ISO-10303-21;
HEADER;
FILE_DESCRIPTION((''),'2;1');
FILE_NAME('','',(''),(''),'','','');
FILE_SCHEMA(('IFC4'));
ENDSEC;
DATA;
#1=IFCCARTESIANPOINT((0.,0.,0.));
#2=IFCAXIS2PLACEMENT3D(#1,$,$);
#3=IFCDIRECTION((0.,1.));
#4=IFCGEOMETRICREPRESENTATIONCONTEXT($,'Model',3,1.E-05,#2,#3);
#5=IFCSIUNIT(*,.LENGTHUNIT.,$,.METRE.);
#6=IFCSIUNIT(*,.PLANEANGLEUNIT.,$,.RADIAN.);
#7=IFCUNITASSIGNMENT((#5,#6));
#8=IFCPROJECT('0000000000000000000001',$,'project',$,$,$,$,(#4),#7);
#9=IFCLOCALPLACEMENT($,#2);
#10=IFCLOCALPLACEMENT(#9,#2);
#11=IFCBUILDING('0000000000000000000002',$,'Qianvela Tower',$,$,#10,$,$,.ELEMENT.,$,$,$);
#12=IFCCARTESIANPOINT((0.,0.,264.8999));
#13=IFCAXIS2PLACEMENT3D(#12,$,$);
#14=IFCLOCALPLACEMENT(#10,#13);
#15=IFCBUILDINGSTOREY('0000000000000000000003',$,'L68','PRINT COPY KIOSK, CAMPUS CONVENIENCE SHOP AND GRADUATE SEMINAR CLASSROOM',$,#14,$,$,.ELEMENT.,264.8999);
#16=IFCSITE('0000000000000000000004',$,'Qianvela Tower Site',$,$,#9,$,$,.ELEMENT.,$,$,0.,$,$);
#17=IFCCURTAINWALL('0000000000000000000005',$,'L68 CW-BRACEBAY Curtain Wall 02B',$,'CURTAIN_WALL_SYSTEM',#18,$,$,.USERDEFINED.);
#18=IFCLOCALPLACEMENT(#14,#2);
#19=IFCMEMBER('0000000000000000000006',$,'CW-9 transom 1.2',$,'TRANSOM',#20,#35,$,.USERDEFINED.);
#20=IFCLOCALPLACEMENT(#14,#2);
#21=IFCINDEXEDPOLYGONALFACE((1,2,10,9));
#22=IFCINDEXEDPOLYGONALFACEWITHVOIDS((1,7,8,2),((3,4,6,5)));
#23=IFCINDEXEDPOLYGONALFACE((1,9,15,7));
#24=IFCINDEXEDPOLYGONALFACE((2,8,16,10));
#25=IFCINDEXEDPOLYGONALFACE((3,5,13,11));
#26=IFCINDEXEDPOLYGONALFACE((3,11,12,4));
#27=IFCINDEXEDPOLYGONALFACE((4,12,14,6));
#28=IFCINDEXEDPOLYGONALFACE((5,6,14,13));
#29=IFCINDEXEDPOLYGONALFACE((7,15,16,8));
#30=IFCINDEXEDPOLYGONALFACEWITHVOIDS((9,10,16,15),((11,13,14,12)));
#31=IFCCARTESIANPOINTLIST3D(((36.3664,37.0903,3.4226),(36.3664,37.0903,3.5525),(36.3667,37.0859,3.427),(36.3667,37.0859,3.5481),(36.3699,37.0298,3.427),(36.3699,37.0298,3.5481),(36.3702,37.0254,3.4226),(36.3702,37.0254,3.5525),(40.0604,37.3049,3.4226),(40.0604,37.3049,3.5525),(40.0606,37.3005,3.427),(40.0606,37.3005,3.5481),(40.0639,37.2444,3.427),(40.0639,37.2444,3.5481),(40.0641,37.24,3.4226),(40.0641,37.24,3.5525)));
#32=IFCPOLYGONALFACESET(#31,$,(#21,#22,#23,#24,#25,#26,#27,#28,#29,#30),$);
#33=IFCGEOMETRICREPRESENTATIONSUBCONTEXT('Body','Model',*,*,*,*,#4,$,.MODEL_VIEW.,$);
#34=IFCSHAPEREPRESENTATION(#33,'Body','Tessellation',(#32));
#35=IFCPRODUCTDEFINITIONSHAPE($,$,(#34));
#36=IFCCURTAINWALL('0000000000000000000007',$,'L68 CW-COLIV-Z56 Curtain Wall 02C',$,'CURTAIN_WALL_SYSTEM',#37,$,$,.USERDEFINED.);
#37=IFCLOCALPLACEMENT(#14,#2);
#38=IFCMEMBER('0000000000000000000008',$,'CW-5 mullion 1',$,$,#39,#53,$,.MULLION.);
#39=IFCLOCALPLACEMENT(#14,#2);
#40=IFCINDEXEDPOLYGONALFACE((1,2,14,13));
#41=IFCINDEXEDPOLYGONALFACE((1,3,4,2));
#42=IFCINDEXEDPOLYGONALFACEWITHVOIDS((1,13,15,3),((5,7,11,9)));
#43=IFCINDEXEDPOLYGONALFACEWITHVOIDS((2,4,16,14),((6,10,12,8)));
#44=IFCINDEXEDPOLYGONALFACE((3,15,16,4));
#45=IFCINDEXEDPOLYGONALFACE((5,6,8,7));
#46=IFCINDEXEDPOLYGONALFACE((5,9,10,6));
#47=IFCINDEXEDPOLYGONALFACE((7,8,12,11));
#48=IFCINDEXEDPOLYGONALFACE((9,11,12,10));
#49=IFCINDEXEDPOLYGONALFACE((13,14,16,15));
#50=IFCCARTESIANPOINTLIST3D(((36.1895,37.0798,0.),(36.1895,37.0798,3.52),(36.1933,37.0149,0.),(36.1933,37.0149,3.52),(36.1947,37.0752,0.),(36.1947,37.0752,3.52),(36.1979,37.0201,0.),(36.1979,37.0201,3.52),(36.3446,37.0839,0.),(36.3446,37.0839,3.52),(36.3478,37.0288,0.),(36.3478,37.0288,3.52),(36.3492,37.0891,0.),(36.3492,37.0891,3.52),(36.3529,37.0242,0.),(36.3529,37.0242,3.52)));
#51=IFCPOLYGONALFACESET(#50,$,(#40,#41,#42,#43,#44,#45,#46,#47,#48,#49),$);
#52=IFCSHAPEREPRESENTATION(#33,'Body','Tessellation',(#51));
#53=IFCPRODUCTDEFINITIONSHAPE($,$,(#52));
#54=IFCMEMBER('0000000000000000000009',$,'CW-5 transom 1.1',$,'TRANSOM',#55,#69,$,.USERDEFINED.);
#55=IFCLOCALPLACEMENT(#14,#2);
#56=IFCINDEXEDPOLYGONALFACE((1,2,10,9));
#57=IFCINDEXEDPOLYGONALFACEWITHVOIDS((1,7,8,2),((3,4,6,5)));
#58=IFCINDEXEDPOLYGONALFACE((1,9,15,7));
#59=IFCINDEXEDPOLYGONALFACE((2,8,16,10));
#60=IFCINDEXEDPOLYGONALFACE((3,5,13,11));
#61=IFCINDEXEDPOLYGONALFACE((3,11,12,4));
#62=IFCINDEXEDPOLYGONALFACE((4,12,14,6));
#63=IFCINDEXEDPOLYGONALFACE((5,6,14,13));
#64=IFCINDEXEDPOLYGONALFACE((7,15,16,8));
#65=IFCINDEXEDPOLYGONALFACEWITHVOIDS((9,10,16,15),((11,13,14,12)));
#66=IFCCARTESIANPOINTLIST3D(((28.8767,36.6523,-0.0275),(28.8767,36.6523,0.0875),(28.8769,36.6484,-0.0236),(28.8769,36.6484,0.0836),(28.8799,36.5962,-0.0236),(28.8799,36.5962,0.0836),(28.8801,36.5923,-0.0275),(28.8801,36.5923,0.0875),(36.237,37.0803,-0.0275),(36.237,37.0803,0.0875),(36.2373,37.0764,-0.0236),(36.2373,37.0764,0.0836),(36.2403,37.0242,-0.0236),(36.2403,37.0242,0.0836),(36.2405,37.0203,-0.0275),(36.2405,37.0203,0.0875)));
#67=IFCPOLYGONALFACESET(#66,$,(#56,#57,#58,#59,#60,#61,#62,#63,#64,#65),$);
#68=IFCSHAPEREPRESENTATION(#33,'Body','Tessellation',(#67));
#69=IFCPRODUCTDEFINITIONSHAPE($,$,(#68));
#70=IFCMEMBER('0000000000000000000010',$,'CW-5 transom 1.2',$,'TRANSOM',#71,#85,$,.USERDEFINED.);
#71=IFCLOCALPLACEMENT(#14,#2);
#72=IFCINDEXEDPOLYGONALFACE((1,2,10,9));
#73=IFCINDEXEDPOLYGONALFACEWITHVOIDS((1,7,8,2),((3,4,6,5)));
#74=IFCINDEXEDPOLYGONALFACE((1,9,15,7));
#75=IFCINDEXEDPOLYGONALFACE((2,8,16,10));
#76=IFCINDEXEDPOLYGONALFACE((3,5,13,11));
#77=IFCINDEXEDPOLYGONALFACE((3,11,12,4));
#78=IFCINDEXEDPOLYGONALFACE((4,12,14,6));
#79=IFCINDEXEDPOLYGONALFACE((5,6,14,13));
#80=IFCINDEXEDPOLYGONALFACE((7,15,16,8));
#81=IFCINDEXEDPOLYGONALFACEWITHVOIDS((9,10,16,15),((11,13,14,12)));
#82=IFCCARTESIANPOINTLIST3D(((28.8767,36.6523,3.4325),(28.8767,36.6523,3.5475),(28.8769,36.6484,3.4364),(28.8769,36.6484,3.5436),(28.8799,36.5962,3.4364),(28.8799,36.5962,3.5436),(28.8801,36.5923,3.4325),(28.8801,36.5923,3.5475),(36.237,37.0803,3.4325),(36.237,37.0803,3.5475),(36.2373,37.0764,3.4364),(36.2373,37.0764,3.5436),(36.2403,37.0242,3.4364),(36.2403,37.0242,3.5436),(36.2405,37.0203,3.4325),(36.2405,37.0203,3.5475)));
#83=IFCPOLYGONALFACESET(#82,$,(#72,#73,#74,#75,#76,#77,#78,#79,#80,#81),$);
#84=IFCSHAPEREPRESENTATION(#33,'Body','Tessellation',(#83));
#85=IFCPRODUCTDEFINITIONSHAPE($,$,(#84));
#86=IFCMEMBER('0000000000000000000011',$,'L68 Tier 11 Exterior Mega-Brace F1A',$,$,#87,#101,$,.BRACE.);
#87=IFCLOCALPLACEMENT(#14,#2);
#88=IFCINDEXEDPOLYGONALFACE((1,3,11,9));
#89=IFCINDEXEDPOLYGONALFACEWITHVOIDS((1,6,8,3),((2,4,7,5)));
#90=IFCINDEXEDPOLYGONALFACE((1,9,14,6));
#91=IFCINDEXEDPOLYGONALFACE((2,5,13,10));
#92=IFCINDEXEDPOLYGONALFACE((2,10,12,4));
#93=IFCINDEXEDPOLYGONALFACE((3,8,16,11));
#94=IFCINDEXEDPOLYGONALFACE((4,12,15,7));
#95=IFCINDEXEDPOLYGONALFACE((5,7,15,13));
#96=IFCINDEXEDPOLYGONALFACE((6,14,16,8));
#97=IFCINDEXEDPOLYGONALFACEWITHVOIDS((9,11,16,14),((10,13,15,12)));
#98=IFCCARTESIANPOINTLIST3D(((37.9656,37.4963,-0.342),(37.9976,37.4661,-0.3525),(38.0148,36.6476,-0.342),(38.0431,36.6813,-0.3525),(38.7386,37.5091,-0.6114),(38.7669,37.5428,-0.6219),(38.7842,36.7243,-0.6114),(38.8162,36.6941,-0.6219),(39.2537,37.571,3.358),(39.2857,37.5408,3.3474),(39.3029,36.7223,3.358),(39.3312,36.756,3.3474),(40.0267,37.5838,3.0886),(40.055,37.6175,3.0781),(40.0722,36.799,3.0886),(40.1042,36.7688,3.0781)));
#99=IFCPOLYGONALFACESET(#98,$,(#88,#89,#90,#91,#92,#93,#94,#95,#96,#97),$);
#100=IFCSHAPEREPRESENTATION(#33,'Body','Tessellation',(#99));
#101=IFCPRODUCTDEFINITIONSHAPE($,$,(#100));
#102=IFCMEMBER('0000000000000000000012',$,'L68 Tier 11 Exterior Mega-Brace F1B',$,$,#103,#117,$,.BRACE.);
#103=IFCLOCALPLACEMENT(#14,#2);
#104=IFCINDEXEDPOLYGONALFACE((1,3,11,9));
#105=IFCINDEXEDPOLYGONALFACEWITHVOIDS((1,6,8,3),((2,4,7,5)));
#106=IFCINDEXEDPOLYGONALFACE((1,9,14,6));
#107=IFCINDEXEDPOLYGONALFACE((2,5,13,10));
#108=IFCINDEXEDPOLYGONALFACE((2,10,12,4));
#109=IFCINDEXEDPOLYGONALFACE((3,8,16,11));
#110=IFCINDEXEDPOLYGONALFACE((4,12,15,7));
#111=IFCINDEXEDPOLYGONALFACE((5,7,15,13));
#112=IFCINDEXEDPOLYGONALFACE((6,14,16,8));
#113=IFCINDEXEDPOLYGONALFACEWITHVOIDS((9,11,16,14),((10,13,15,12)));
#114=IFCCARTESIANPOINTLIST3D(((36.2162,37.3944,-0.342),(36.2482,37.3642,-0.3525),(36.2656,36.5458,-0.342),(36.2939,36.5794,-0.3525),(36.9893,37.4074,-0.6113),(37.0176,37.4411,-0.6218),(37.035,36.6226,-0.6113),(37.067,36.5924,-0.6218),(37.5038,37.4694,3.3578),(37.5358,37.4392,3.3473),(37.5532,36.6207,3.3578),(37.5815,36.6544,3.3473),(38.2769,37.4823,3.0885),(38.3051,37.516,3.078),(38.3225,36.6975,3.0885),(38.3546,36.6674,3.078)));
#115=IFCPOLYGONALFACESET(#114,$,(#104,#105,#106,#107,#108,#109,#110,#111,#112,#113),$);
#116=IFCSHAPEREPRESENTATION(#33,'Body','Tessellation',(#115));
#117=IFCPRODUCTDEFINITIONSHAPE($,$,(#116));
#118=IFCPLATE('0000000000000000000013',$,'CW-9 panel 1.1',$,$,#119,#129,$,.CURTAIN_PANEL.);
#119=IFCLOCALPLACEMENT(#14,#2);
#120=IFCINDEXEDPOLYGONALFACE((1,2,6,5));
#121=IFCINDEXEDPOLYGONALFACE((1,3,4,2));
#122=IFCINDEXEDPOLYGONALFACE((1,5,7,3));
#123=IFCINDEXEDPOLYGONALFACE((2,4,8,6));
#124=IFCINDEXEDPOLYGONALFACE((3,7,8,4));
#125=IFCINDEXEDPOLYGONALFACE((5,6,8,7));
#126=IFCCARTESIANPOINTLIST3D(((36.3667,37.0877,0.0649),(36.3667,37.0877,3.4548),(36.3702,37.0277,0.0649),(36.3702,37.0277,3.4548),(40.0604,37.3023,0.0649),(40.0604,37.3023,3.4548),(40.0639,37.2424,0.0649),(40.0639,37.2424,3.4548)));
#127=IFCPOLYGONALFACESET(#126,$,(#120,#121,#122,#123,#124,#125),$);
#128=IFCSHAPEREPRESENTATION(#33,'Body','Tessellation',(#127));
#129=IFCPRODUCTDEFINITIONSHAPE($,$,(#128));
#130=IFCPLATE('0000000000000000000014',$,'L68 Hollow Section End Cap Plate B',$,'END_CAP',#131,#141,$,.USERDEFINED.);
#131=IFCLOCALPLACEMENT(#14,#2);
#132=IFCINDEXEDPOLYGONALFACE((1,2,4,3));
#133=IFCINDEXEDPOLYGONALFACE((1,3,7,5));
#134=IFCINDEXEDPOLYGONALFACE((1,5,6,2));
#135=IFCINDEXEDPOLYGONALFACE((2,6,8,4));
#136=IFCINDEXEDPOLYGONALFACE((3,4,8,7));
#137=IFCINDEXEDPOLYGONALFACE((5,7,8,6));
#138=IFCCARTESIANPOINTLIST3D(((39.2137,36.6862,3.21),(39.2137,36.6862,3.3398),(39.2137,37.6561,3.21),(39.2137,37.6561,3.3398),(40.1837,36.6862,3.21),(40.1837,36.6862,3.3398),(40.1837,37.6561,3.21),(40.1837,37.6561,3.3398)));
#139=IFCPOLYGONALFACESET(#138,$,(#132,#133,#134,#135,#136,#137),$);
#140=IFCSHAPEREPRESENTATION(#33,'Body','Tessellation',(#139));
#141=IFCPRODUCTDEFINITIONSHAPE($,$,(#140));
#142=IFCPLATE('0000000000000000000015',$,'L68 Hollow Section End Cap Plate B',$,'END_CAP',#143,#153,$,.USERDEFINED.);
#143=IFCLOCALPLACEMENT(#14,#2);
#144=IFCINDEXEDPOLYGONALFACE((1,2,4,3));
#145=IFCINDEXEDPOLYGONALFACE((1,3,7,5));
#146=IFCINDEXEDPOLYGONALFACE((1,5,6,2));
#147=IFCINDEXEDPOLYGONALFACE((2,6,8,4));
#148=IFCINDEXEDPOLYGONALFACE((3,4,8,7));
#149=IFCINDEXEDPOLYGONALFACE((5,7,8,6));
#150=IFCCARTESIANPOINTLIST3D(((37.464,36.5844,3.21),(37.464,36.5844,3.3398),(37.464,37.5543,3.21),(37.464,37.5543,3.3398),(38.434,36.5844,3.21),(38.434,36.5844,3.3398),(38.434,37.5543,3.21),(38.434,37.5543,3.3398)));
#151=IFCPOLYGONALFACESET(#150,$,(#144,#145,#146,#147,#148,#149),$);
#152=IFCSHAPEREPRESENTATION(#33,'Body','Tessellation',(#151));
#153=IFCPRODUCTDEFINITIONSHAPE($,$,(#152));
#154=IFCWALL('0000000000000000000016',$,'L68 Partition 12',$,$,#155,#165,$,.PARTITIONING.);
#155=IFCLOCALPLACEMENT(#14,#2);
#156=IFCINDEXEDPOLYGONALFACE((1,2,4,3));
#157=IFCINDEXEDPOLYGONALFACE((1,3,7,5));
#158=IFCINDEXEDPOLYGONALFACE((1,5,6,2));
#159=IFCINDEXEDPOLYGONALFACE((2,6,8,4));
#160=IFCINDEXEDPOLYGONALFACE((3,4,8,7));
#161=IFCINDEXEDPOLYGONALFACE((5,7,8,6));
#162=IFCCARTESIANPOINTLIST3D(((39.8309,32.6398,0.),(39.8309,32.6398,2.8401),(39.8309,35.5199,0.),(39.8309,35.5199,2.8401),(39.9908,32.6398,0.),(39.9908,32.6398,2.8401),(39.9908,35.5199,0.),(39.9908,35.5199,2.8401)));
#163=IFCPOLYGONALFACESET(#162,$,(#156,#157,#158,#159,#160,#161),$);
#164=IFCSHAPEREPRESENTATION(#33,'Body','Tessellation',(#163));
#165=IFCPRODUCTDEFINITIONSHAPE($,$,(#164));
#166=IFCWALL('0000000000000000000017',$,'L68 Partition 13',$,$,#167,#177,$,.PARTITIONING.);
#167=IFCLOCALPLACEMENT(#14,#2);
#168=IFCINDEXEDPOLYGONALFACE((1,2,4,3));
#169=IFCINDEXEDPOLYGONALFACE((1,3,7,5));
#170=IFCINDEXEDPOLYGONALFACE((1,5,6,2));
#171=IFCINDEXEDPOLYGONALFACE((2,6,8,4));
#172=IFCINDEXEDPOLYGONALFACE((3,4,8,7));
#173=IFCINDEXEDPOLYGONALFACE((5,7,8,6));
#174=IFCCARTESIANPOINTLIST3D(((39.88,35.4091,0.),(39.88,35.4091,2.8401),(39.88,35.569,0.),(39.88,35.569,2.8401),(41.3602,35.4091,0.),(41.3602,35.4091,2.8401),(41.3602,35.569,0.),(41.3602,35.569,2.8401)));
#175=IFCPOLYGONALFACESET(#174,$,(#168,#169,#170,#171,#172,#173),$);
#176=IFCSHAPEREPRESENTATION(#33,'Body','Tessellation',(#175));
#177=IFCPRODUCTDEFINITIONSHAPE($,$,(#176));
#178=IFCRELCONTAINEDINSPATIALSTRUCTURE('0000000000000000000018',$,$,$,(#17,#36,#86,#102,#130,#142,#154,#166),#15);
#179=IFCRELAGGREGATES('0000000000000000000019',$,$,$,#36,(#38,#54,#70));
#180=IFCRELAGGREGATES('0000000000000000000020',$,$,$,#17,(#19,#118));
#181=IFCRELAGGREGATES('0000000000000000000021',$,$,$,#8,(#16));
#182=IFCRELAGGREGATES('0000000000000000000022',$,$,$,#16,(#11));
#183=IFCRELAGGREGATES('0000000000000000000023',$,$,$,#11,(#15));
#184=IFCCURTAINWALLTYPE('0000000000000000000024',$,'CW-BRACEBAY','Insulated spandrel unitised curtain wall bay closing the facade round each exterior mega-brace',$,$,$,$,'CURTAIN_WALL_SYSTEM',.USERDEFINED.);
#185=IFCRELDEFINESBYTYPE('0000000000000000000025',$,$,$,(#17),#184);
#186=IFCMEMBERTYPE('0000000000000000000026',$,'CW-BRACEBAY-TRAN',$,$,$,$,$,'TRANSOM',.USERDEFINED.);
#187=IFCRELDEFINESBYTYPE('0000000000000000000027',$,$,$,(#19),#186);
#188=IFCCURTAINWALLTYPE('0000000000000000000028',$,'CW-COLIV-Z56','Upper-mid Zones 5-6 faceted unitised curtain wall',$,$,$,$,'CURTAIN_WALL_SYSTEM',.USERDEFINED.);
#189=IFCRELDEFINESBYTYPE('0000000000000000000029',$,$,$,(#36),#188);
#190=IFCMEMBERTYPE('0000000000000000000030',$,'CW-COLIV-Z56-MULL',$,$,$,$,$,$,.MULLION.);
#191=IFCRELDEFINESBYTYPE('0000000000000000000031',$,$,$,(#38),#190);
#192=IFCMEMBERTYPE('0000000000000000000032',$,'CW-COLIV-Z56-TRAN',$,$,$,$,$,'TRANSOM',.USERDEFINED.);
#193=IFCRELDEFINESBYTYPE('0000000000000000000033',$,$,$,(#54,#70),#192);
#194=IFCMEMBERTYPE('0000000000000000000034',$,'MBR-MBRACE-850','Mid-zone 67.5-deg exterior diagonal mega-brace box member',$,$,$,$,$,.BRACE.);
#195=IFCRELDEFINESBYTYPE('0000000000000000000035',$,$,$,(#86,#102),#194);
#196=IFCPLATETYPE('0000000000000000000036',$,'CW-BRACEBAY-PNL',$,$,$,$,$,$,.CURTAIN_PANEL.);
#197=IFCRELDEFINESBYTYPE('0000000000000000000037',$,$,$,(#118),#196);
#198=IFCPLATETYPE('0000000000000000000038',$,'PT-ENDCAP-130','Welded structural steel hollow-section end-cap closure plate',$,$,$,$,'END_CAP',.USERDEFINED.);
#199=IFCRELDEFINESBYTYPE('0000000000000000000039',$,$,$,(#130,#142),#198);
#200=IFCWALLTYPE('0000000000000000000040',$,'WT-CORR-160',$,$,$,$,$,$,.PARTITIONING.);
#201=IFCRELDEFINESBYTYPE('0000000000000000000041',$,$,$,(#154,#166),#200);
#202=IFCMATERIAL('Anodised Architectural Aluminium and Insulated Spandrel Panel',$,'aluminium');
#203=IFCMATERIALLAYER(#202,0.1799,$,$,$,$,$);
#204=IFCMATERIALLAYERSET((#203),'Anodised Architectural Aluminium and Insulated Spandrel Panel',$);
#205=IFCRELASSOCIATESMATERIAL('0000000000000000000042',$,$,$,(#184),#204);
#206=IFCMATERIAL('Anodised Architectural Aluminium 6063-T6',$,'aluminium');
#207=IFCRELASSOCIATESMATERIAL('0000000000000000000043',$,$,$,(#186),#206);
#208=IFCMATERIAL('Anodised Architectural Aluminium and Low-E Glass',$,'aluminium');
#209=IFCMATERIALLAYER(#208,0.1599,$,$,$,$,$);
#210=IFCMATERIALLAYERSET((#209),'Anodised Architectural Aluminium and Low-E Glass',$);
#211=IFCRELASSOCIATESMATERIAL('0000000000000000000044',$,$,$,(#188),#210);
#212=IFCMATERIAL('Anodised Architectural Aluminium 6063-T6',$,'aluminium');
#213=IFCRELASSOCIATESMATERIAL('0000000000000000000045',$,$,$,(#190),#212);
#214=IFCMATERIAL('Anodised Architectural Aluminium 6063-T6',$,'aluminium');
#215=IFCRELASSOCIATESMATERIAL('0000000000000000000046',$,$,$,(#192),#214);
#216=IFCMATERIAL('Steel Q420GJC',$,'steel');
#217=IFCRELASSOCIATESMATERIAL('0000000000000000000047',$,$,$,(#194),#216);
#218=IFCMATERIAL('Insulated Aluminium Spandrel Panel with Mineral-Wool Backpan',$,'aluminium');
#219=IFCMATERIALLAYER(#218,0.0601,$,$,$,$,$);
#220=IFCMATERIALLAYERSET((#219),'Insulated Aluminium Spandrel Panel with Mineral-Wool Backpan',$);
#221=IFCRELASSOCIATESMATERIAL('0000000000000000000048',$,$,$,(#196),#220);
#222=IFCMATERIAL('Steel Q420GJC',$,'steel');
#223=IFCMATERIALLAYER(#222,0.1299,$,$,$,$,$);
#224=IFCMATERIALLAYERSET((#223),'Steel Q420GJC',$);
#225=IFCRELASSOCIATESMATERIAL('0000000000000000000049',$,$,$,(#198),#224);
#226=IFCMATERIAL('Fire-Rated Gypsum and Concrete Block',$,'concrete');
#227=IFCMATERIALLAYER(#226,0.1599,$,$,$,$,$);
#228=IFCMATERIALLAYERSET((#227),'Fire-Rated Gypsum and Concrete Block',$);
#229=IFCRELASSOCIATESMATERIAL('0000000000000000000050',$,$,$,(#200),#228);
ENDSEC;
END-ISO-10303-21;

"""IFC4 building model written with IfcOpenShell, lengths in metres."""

from ifc_helpers import new_model, si_unit, direction, frame, frame_2d, origin, origin_2d, place, context, subcontext, project, spatial, rectangle, hollow_rectangle, extrude, material, layer, layer_set, material_profile, profile_set, type_object, element, aggregate, save


model = new_model("IFC4")

# Units and contexts
model_context = context("Model", 3, precision=1e-05, world=origin(), true_north=direction((0.0, 1.0)))
body_context = subcontext(model_context, "Body", "Model", "MODEL_VIEW")
ifc_project = project(units=[si_unit("LENGTHUNIT", "METRE"), si_unit("PLANEANGLEUNIT", "RADIAN")], contexts=[model_context])

# Site, building, storey
site_placement = place(None, origin())
site = spatial("IfcSite", under=ifc_project, at=site_placement, Name="Qianvela Tower Site", CompositionType="ELEMENT", RefElevation=0.0)
building_placement = place(site_placement, origin())
building = spatial("IfcBuilding", under=site, at=building_placement, Name="Qianvela Tower", CompositionType="ELEMENT")
storey_placement = place(building_placement, frame((0.0, 0.0, 264.8999)))
storey = spatial("IfcBuildingStorey", under=building, at=storey_placement, Name="L68", Description="PRINT COPY KIOSK, CAMPUS CONVENIENCE SHOP AND GRADUATE SEMINAR CLASSROOM", CompositionType="ELEMENT", Elevation=264.8999)

# Curtain walls, members
ifc_material_1 = material(Name="Anodised Architectural Aluminium and Insulated Spandrel Panel", Category="aluminium")
ifc_layer_1 = layer(ifc_material_1, 0.1799)
ifc_layer_set_1 = layer_set([ifc_layer_1], Name="Anodised Architectural Aluminium and Insulated Spandrel Panel")
curtain_wall_type_1 = type_object("IfcCurtainWallType", Name="CW-BRACEBAY", Description="Insulated spandrel unitised curtain wall bay closing the facade round each exterior mega-brace", ElementType="CURTAIN_WALL_SYSTEM", PredefinedType="USERDEFINED", material=ifc_layer_set_1)
curtain_wall_1_placement = place(storey_placement, origin())
curtain_wall_1 = element("IfcCurtainWall", 1, at=curtain_wall_1_placement, inside=storey, type_object=curtain_wall_type_1, Name="L68 CW-BRACEBAY Curtain Wall 02B", ObjectType="CURTAIN_WALL_SYSTEM", PredefinedType="USERDEFINED")
ifc_material_2 = material(Name="Anodised Architectural Aluminium 6063-T6", Category="aluminium")
ifc_material_profile_1 = material_profile(ifc_material_2, hollow_rectangle(XDim=0.0649, YDim=0.1299, WallThickness=0.0044, at=origin_2d()), Name="ALU-TRAN-65x130")
ifc_profile_set_1 = profile_set([ifc_material_profile_1], Name="Anodised Architectural Aluminium 6063-T6")
member_type_1 = type_object("IfcMemberType", Name="CW-BRACEBAY-TRAN", ElementType="TRANSOM", PredefinedType="USERDEFINED", material=ifc_profile_set_1)
member_1_placement = place(storey_placement, frame((40.0623, 37.2725, 3.4875), z_axis=(-0.998317, -0.057999, 0.0), x_axis=(0.057999, -0.998317, 0.0)))
member_1 = element("IfcMember", 2, at=member_1_placement, type_object=member_type_1, Name="CW-9 transom 1.2", ObjectType="TRANSOM", PredefinedType="USERDEFINED", context=body_context, shape_type="SweptSolid", body=[
    extrude(hollow_rectangle(XDim=0.0649, YDim=0.1299, WallThickness=0.0044, at=origin_2d()), origin(), (0.0, 0.0, 1.0), 3.7002),
])
ifc_material_3 = material(Name="Anodised Architectural Aluminium and Low-E Glass", Category="aluminium")
ifc_layer_2 = layer(ifc_material_3, 0.1599)
ifc_layer_set_2 = layer_set([ifc_layer_2], Name="Anodised Architectural Aluminium and Low-E Glass")
curtain_wall_type_2 = type_object("IfcCurtainWallType", Name="CW-COLIV-Z56", Description="Upper-mid Zones 5-6 faceted unitised curtain wall", ElementType="CURTAIN_WALL_SYSTEM", PredefinedType="USERDEFINED", material=ifc_layer_set_2)
curtain_wall_2_placement = place(storey_placement, origin())
curtain_wall_2 = element("IfcCurtainWall", 3, at=curtain_wall_2_placement, inside=storey, type_object=curtain_wall_type_2, Name="L68 CW-COLIV-Z56 Curtain Wall 02C", ObjectType="CURTAIN_WALL_SYSTEM", PredefinedType="USERDEFINED")
ifc_material_4 = material(Name="Anodised Architectural Aluminium 6063-T6", Category="aluminium")
ifc_material_profile_2 = material_profile(ifc_material_4, hollow_rectangle(XDim=0.0649, YDim=0.1599, WallThickness=0.0049, at=origin_2d()), Name="ALU-MULL-65x160")
ifc_profile_set_2 = profile_set([ifc_material_profile_2], Name="Anodised Architectural Aluminium 6063-T6")
member_type_2 = type_object("IfcMemberType", Name="CW-COLIV-Z56-MULL", PredefinedType="MULLION", material=ifc_profile_set_2)
member_2_placement = place(storey_placement, frame((36.2712, 37.052, 0.0), z_axis=(0.0, 0.0, 1.0), x_axis=(0.058037, -0.998314, 0.0)))
member_2 = element("IfcMember", 4, at=member_2_placement, type_object=member_type_2, Name="CW-5 mullion 1", PredefinedType="MULLION", context=body_context, shape_type="SweptSolid", body=[
    extrude(hollow_rectangle(XDim=0.0649, YDim=0.1599, WallThickness=0.0049, at=origin_2d()), origin(), (0.0, 0.0, 1.0), 3.52),
])
ifc_material_5 = material(Name="Anodised Architectural Aluminium 6063-T6", Category="aluminium")
ifc_material_profile_3 = material_profile(ifc_material_5, hollow_rectangle(XDim=0.0601, YDim=0.115, WallThickness=0.0039, at=origin_2d()), Name="ALU-TRAN-60x115")
ifc_profile_set_3 = profile_set([ifc_material_profile_3], Name="Anodised Architectural Aluminium 6063-T6")
member_type_3 = type_object("IfcMemberType", Name="CW-COLIV-Z56-TRAN", ElementType="TRANSOM", PredefinedType="USERDEFINED", material=ifc_profile_set_3)
member_3_placement = place(storey_placement, frame((36.2388, 37.0503, 0.03), z_axis=(-0.998314, -0.058048, 0.0), x_axis=(0.058048, -0.998314, 0.0)))
member_3 = element("IfcMember", 5, at=member_3_placement, type_object=member_type_3, Name="CW-5 transom 1.1", ObjectType="TRANSOM", PredefinedType="USERDEFINED", context=body_context, shape_type="SweptSolid", body=[
    extrude(hollow_rectangle(XDim=0.0601, YDim=0.115, WallThickness=0.0039, at=origin_2d()), origin(), (0.0, 0.0, 1.0), 7.3728),
])
member_4_placement = place(storey_placement, frame((36.2388, 37.0503, 3.49), z_axis=(-0.998314, -0.058048, 0.0), x_axis=(0.058048, -0.998314, 0.0)))
member_4 = element("IfcMember", 6, at=member_4_placement, type_object=member_type_3, Name="CW-5 transom 1.2", ObjectType="TRANSOM", PredefinedType="USERDEFINED", context=body_context, shape_type="SweptSolid", body=[
    extrude(hollow_rectangle(XDim=0.0601, YDim=0.115, WallThickness=0.0039, at=origin_2d()), origin(), (0.0, 0.0, 1.0), 7.3728),
])
aggregate(curtain_wall_2, [member_2, member_3, member_4])

# Members
ifc_material_6 = material(Name="Steel Q420GJC", Category="steel")
ifc_material_profile_4 = material_profile(ifc_material_6, hollow_rectangle(XDim=0.8501, YDim=0.8501, WallThickness=0.032, at=origin_2d()), Name="MBOX-850x850x32")
ifc_profile_set_4 = profile_set([ifc_material_profile_4], Name="Steel Q420GJC")
member_type_4 = type_object("IfcMemberType", Name="MBR-MBRACE-850", Description="Mid-zone 67.5-deg exterior diagonal mega-brace box member", PredefinedType="BRACE", material=ifc_profile_set_4)
member_5_placement = place(storey_placement, frame((38.3909, 37.0952, -0.4819), z_axis=(0.328722, 0.019065, 0.944234), x_axis=(-0.057901, 0.998322, 0.0)))
element("IfcMember", 7, at=member_5_placement, inside=storey, type_object=member_type_4, Name="L68 Tier 11 Exterior Mega-Brace F1A", PredefinedType="BRACE", context=body_context, shape_type="SweptSolid", body=[
    extrude(hollow_rectangle(XDim=0.8501, YDim=0.8501, WallThickness=0.032, at=origin_2d()), origin(), (0.0, 0.0, 1.0), 3.9185),
])
member_6_placement = place(storey_placement, frame((36.6416, 36.9934, -0.4819), z_axis=(0.32861, 0.019128, 0.944272), x_axis=(-0.058112, 0.99831, 0.0)))
element("IfcMember", 8, at=member_6_placement, inside=storey, type_object=member_type_4, Name="L68 Tier 11 Exterior Mega-Brace F1B", PredefinedType="BRACE", context=body_context, shape_type="SweptSolid", body=[
    extrude(hollow_rectangle(XDim=0.8501, YDim=0.8501, WallThickness=0.032, at=origin_2d()), origin(), (0.0, 0.0, 1.0), 3.9182),
])

# Plate
ifc_material_7 = material(Name="Insulated Aluminium Spandrel Panel with Mineral-Wool Backpan", Category="aluminium")
ifc_layer_3 = layer(ifc_material_7, 0.0601)
ifc_layer_set_3 = layer_set([ifc_layer_3], Name="Insulated Aluminium Spandrel Panel with Mineral-Wool Backpan")
plate_type_1 = type_object("IfcPlateType", Name="CW-BRACEBAY-PNL", PredefinedType="CURTAIN_PANEL", material=ifc_layer_set_3)
plate_placement = place(storey_placement, frame((38.2153, 37.165, 0.0649), z_axis=(0.0, 0.0, 1.0), x_axis=(-0.998316, -0.058016, 0.0)))
plate = element("IfcPlate", 9, at=plate_placement, type_object=plate_type_1, Name="CW-9 panel 1.1", PredefinedType="CURTAIN_PANEL", context=body_context, shape_type="SweptSolid", body=[
    extrude(rectangle(XDim=3.7, YDim=0.0601, at=origin_2d()), origin(), (0.0, 0.0, 1.0), 3.3899),
])
aggregate(curtain_wall_1, [member_1, plate])

# Plates
ifc_material_8 = material(Name="Steel Q420GJC", Category="steel")
ifc_layer_4 = layer(ifc_material_8, 0.1299)
ifc_layer_set_4 = layer_set([ifc_layer_4], Name="Steel Q420GJC")
plate_type_2 = type_object("IfcPlateType", Name="PT-ENDCAP-130", Description="Welded structural steel hollow-section end-cap closure plate", ElementType="END_CAP", PredefinedType="USERDEFINED", material=ifc_layer_set_4)
for number, where, z_axis, x_axis, name in (
    (10, (39.6987, 37.1711, 3.21), (0.0, 0.0, 1.0), (1.0, 0.0, 0.0), "L68 Hollow Section End Cap Plate B"),
    (11, (37.949, 37.0693, 3.21), (0.0, 0.0, 1.0), (1.0, 0.0, 0.0), "L68 Hollow Section End Cap Plate B"),
):
    element("IfcPlate", number, at=place(storey_placement, frame(where, z_axis=z_axis, x_axis=x_axis)), inside=storey, type_object=plate_type_2, Name=name, ObjectType="END_CAP", PredefinedType="USERDEFINED", context=body_context, shape_type="SweptSolid", body=[
        extrude(rectangle(XDim=0.97, YDim=0.97, at=origin_2d()), origin(), (0.0, 0.0, 1.0), 0.1299),
    ])

# Walls
ifc_material_9 = material(Name="Fire-Rated Gypsum and Concrete Block", Category="concrete")
ifc_layer_5 = layer(ifc_material_9, 0.1599)
ifc_layer_set_5 = layer_set([ifc_layer_5], Name="Fire-Rated Gypsum and Concrete Block")
wall_type_1 = type_object("IfcWallType", Name="WT-CORR-160", PredefinedType="PARTITIONING", material=ifc_layer_set_5)
wall_1_placement = place(storey_placement, frame((39.9109, 32.6399, 0.0), z_axis=(0.0, 0.0, 1.0), x_axis=(0.0, 1.0, 0.0)))
element("IfcWall", 12, at=wall_1_placement, inside=storey, type_object=wall_type_1, Name="L68 Partition 12", PredefinedType="PARTITIONING", context=body_context, shape_type="SweptSolid", body=[
    extrude(rectangle(XDim=2.8801, YDim=0.1599, at=frame_2d((1.4399, 0.0))), origin(), (0.0, 0.0, 1.0), 2.8401),
])
wall_2_placement = place(storey_placement, frame((39.8799, 35.489, 0.0), z_axis=(0.0, 0.0, 1.0), x_axis=(1.0, 0.0, 0.0)))
element("IfcWall", 13, at=wall_2_placement, inside=storey, type_object=wall_type_1, Name="L68 Partition 13", PredefinedType="PARTITIONING", context=body_context, shape_type="SweptSolid", body=[
    extrude(rectangle(XDim=1.4802, YDim=0.1599, at=frame_2d((0.7402, 0.0))), origin(), (0.0, 0.0, 1.0), 2.8401),
])

save(model, "model.ifc")
